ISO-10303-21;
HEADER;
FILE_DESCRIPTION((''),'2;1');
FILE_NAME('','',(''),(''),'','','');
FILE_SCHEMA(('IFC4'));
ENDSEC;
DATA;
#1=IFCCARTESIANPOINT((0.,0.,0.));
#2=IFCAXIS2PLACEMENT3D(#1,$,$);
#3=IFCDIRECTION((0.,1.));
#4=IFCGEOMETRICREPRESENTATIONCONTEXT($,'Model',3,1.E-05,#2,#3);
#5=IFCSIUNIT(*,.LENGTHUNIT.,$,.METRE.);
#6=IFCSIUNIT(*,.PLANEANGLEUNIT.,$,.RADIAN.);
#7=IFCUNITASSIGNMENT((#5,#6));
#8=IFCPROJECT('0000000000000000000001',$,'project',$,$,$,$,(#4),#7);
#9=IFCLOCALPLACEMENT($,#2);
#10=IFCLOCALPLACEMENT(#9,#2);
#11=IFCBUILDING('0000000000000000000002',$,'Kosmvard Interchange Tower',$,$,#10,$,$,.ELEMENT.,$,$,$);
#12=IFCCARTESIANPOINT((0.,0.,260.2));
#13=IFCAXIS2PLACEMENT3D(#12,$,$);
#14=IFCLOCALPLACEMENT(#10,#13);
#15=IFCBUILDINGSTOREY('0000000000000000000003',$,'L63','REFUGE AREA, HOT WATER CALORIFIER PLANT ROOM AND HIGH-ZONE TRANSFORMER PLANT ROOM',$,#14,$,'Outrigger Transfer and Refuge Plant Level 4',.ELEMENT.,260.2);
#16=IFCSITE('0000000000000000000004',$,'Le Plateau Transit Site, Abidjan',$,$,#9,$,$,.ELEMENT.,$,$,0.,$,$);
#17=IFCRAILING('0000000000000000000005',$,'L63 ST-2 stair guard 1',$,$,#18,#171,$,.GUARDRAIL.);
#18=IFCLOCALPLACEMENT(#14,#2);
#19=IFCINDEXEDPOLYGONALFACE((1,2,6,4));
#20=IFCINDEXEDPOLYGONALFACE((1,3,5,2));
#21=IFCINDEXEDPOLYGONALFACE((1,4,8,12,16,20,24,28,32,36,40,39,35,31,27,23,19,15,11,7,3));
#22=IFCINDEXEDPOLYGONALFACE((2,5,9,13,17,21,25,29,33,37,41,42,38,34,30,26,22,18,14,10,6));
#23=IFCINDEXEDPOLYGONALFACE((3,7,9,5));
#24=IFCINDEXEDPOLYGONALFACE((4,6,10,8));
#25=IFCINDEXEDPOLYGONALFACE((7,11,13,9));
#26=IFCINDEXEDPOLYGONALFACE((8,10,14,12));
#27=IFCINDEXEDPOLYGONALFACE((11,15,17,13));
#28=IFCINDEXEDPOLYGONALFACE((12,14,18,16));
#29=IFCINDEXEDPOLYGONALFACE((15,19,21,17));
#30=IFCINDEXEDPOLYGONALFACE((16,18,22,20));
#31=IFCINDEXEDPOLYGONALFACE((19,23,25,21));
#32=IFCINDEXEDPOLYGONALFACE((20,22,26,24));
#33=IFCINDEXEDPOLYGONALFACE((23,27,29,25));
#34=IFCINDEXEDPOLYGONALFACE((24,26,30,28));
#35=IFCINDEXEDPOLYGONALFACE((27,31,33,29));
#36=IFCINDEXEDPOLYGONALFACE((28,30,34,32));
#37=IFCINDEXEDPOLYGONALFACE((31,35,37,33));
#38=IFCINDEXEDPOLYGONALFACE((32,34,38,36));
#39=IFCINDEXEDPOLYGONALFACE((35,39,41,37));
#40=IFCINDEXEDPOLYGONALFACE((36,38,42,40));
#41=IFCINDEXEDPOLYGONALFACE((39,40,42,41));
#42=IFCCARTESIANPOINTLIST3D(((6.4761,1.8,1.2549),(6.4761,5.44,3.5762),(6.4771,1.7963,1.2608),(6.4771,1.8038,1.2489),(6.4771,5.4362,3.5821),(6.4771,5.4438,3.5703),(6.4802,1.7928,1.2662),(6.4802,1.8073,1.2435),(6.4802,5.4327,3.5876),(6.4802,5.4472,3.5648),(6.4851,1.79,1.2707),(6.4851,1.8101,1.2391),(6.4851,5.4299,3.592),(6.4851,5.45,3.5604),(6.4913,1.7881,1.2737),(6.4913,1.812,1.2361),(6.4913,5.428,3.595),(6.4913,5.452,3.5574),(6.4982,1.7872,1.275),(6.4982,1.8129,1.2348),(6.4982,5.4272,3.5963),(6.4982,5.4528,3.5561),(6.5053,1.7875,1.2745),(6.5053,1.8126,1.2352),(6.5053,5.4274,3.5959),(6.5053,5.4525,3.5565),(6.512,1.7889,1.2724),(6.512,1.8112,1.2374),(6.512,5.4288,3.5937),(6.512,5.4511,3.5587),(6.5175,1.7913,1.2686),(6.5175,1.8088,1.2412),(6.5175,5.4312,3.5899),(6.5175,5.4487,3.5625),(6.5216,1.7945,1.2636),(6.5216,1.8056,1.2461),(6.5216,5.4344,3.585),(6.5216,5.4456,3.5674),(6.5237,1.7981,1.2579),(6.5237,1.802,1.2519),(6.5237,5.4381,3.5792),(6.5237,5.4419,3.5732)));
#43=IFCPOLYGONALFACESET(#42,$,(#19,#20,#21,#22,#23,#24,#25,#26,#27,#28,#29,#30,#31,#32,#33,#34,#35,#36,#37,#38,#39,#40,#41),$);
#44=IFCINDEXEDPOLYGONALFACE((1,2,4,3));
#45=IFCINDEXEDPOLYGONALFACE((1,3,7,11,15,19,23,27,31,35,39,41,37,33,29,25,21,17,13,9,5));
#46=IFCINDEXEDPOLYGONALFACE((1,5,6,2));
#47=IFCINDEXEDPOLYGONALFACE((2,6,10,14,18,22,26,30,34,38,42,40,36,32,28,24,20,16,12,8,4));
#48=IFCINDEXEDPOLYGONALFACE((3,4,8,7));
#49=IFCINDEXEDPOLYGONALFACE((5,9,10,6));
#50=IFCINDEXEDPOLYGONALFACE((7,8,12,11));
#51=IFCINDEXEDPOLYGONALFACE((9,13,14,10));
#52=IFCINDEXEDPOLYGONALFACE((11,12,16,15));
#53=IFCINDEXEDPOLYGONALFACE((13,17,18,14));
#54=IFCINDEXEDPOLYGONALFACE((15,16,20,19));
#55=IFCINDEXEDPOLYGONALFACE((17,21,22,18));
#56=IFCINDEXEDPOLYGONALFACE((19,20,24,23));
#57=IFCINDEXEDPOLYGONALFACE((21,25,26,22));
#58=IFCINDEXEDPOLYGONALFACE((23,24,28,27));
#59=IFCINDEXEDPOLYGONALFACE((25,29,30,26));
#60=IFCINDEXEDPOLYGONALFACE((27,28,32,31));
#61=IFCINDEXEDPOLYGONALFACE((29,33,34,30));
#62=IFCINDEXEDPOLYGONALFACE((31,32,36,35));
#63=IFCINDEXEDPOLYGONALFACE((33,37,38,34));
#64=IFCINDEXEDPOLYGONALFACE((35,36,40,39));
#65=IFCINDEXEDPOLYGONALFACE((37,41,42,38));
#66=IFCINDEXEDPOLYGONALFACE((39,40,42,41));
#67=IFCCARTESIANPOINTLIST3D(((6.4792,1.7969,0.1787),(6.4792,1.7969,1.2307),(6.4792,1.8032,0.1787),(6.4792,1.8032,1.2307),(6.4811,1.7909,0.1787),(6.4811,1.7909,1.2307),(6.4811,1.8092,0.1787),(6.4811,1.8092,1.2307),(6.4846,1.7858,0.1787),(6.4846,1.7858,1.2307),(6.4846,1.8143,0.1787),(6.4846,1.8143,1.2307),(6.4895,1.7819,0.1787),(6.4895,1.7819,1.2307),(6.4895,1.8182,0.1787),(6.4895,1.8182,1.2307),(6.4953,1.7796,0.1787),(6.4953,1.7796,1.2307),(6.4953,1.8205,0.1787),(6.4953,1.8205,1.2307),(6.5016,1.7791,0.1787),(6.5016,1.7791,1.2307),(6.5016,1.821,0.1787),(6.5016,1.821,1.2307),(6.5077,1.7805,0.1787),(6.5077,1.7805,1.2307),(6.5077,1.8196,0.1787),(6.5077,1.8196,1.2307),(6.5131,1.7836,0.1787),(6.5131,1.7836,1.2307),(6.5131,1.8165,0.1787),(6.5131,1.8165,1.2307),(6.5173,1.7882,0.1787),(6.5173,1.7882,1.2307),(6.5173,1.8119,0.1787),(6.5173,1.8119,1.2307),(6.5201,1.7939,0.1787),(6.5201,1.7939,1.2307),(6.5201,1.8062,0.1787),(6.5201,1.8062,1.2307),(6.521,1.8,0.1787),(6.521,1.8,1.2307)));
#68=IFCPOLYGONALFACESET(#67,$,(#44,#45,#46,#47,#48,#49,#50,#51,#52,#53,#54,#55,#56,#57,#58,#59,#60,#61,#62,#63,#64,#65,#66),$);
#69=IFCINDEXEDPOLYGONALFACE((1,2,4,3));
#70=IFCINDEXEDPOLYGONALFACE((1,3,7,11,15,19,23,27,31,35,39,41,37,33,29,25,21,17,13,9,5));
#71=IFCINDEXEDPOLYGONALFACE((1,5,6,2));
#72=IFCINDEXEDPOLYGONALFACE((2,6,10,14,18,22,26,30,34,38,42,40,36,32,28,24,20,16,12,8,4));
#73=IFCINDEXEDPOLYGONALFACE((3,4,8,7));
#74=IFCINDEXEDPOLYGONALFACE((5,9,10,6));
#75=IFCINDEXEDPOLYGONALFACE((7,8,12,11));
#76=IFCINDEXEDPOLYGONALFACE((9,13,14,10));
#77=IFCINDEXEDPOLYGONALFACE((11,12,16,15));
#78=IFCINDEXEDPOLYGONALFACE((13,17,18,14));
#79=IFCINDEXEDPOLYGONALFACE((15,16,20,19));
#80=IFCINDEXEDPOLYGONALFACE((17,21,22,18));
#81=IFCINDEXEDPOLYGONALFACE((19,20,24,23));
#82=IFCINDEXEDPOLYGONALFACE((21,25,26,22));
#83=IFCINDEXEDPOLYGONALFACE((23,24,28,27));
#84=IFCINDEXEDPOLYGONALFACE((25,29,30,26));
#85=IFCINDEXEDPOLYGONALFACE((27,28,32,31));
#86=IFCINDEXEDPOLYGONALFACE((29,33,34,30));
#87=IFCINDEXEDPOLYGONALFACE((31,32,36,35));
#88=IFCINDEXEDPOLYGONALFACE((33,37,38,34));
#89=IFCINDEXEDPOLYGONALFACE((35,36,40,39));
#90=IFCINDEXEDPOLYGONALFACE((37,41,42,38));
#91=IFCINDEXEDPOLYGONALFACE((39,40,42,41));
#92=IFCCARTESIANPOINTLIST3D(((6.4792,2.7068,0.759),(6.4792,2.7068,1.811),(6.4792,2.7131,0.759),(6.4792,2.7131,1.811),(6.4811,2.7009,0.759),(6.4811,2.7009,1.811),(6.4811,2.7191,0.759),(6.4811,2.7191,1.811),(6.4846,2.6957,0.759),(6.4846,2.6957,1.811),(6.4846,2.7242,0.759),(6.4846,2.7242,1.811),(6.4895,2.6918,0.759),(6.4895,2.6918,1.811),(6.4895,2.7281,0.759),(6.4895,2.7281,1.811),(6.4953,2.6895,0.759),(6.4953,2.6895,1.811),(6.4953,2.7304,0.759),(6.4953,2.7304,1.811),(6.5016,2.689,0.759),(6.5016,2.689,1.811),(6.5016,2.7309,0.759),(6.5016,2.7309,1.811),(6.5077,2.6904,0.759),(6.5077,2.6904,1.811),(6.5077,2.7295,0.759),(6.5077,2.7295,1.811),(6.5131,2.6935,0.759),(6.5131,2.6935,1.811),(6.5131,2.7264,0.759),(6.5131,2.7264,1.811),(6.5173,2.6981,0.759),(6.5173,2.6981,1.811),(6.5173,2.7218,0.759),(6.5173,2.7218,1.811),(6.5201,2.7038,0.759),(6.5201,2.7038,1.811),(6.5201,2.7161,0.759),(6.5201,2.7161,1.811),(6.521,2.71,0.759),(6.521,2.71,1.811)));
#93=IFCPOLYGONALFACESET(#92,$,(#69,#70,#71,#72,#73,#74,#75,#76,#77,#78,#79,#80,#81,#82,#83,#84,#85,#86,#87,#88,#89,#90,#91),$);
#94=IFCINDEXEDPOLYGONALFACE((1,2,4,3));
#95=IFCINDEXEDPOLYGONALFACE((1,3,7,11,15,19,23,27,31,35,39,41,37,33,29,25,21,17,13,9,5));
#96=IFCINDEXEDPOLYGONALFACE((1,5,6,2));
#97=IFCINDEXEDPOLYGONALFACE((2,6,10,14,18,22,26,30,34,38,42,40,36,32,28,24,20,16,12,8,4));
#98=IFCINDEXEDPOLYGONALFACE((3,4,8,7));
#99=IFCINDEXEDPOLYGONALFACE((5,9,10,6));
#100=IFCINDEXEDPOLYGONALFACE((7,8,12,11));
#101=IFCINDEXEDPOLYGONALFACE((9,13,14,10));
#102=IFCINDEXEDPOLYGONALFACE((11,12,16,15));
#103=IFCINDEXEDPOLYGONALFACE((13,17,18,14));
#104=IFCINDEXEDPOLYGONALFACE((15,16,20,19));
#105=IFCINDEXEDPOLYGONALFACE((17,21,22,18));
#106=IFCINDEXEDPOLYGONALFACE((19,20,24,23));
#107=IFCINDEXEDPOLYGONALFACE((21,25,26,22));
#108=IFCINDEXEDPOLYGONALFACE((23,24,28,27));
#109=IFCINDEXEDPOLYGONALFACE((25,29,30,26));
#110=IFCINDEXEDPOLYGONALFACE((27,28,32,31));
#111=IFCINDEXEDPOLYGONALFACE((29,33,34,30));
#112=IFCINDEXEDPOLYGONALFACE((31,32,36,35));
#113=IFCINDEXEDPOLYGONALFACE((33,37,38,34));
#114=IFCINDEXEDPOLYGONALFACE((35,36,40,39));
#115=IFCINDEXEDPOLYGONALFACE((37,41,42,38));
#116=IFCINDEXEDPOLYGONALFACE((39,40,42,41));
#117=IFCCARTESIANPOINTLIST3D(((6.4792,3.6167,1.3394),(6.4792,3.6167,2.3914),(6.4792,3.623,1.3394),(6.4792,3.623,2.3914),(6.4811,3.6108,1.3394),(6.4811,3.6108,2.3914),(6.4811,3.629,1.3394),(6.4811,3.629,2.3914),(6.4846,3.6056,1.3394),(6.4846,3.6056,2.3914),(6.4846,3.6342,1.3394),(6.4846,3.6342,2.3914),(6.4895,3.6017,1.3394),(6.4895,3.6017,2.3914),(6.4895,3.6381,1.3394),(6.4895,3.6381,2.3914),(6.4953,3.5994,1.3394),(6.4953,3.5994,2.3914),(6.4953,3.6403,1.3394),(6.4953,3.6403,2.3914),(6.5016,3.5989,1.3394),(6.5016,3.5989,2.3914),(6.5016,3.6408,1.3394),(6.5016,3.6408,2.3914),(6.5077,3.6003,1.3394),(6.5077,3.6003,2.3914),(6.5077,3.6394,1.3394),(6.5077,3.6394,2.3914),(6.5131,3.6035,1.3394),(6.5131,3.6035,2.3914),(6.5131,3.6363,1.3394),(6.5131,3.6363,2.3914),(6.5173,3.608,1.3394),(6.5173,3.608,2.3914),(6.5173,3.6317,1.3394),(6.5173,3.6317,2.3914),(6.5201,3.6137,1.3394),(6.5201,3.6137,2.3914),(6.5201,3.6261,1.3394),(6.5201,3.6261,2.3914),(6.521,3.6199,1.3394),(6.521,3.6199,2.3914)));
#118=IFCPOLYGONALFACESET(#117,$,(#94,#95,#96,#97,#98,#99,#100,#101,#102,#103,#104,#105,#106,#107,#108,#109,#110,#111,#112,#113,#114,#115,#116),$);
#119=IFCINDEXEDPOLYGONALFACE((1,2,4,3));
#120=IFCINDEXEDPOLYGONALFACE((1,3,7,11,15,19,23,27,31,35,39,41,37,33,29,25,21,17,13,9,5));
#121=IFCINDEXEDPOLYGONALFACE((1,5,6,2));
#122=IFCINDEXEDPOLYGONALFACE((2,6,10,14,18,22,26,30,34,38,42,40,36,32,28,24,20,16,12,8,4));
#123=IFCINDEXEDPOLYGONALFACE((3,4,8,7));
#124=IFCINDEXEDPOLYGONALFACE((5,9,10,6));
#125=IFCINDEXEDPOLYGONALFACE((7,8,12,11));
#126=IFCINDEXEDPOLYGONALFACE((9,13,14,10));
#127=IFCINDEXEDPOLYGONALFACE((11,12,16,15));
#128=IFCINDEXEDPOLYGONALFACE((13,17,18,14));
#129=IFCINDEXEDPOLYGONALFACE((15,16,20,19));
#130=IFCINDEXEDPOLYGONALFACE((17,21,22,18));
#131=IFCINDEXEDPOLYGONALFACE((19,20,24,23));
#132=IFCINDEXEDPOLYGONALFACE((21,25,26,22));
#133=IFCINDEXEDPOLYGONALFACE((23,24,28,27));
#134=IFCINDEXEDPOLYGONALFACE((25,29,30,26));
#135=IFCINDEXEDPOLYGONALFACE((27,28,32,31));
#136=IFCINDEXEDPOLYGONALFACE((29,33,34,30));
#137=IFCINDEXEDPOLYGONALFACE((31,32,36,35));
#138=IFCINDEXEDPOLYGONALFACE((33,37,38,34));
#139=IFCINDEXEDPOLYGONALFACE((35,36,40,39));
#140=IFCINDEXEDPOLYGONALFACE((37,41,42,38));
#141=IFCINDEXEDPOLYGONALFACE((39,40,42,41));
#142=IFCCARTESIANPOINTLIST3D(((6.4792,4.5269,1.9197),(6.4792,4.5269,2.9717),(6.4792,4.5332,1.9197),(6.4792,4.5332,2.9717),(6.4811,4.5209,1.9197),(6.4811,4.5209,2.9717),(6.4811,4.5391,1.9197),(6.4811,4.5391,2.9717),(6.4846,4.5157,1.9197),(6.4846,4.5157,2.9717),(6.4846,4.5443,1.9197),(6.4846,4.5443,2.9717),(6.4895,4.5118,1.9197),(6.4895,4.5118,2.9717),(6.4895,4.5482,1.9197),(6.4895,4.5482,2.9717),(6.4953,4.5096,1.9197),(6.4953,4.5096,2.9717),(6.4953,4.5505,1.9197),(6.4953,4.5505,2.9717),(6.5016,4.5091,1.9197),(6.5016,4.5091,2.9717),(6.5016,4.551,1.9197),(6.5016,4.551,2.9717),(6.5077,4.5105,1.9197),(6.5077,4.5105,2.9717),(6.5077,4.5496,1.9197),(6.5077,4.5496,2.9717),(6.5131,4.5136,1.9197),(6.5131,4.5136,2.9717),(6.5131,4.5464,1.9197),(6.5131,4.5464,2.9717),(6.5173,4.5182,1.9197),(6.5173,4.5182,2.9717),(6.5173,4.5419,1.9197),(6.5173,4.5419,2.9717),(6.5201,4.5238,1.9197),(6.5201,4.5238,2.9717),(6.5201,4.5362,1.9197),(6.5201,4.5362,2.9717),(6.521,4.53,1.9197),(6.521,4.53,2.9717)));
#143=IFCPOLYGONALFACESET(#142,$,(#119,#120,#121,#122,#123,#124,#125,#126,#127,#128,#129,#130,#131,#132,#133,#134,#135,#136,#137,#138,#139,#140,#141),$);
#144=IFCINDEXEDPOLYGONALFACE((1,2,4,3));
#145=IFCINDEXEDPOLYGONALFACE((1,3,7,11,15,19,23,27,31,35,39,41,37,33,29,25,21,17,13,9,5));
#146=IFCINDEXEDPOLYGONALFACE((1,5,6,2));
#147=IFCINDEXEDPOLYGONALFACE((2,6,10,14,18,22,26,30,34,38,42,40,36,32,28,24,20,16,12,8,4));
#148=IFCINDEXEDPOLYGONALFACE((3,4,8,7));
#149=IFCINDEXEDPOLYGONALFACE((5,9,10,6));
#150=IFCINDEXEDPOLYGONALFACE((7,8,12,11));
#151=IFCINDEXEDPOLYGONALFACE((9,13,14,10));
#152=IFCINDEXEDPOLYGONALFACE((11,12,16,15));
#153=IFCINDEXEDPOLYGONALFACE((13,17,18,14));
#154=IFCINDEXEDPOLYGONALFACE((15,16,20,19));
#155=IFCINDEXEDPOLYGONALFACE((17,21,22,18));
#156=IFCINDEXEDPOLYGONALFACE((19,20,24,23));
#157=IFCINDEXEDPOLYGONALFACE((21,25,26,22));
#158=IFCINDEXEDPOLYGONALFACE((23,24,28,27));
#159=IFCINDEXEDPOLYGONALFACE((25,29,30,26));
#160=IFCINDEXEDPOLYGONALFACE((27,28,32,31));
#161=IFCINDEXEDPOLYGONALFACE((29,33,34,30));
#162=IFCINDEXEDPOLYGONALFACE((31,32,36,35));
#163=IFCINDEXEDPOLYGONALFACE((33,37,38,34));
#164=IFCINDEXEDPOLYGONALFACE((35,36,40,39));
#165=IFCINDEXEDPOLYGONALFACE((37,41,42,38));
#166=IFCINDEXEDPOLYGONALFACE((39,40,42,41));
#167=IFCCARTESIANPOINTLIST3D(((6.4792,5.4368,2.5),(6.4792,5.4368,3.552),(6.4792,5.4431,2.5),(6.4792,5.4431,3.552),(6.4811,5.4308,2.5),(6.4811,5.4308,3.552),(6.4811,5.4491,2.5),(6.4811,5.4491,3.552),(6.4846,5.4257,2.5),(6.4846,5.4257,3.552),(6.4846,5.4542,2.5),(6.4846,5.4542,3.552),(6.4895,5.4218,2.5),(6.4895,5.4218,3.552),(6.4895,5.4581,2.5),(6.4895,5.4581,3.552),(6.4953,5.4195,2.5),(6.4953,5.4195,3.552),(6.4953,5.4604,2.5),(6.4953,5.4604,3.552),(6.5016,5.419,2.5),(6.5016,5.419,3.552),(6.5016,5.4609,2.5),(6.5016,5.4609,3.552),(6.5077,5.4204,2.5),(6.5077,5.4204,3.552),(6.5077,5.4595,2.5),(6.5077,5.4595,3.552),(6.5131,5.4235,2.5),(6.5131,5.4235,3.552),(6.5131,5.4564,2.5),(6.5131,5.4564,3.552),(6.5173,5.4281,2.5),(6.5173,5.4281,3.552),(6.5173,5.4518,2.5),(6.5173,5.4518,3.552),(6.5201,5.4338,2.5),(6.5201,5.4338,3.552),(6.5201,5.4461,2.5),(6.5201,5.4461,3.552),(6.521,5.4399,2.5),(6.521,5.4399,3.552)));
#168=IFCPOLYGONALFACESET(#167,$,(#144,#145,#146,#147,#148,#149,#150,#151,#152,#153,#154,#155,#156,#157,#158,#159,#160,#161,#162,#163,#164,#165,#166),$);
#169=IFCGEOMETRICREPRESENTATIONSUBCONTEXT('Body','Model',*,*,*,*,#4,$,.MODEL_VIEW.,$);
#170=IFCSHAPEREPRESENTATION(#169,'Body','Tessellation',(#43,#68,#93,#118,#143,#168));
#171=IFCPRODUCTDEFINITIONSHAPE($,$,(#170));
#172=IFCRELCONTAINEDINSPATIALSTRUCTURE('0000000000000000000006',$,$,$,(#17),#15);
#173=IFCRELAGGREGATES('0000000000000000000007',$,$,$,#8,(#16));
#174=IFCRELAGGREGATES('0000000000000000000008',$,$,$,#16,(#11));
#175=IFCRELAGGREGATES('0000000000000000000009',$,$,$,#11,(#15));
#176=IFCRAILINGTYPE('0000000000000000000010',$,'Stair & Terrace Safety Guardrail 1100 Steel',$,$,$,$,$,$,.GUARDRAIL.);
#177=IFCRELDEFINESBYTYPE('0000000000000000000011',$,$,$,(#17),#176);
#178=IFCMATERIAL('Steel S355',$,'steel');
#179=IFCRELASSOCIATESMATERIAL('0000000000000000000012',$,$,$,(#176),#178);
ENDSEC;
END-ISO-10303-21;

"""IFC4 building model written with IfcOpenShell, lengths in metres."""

from ifc_helpers import new_model, si_unit, direction, frame, origin, origin_2d, place, context, subcontext, project, spatial, circle, extrude, source, transform, mapped, material, type_object, element, save


model = new_model("IFC4")

# Units and contexts
model_context = context("Model", 3, precision=1e-05, world=origin(), true_north=direction((0.0, 1.0)))
body_context = subcontext(model_context, "Body", "Model", "MODEL_VIEW")
ifc_project = project(units=[si_unit("LENGTHUNIT", "METRE"), si_unit("PLANEANGLEUNIT", "RADIAN")], contexts=[model_context])

# Site, building, storey
site_placement = place(None, origin())
site = spatial("IfcSite", under=ifc_project, at=site_placement, Name="Le Plateau Transit Site, Abidjan", CompositionType="ELEMENT", RefElevation=0.0)
building_placement = place(site_placement, origin())
building = spatial("IfcBuilding", under=site, at=building_placement, Name="Kosmvard Interchange Tower", CompositionType="ELEMENT")
storey_placement = place(building_placement, frame((0.0, 0.0, 260.2)))
storey = spatial("IfcBuildingStorey", under=building, at=storey_placement, Name="L63", Description="REFUGE AREA, HOT WATER CALORIFIER PLANT ROOM AND HIGH-ZONE TRANSFORMER PLANT ROOM", LongName="Outrigger Transfer and Refuge Plant Level 4", CompositionType="ELEMENT", Elevation=260.2)

# Shared definitions
ifc_material_1 = material(Name="Steel S355", Category="steel")

# Railing
railing_type = type_object("IfcRailingType", Name="Stair & Terrace Safety Guardrail 1100 Steel", PredefinedType="GUARDRAIL", material=ifc_material_1)
shared_shape_1 = source(origin(), body_context, "Body", "SweptSolid", [
    extrude(circle(Radius=0.0239, at=origin_2d()), frame((0.0, 0.0, 1.0762), z_axis=(0.0, 0.843137, 0.537699), x_axis=(-1.0, 0.0, 0.0)), (0.0, 0.0, 1.0), 4.3171),
    extrude(circle(Radius=0.021, at=origin_2d()), origin(), (0.0, 0.0, 1.0), 1.052),
    extrude(circle(Radius=0.021, at=origin_2d()), frame((0.0, 0.9099, 0.5803)), (0.0, 0.0, 1.0), 1.052),
    extrude(circle(Radius=0.021, at=origin_2d()), frame((0.0, 1.8198, 1.1606)), (0.0, 0.0, 1.0), 1.052),
    extrude(circle(Radius=0.021, at=origin_2d()), frame((0.0, 2.73, 1.741)), (0.0, 0.0, 1.0), 1.052),
    extrude(circle(Radius=0.021, at=origin_2d()), frame((0.0, 3.6399, 2.3213)), (0.0, 0.0, 1.0), 1.052),
])
railing_1_placement = place(storey_placement, frame((6.5, 1.8, 0.1787)))
element("IfcRailing", 1, at=railing_1_placement, inside=storey, type_object=railing_type, Name="L63 ST-2 stair guard 1", PredefinedType="GUARDRAIL", context=body_context, shape_type="MappedRepresentation", body=[
    mapped(shared_shape_1, transform((0.0, 0.0, 0.0), scale=1.0)),
])

save(model, "model.ifc")
